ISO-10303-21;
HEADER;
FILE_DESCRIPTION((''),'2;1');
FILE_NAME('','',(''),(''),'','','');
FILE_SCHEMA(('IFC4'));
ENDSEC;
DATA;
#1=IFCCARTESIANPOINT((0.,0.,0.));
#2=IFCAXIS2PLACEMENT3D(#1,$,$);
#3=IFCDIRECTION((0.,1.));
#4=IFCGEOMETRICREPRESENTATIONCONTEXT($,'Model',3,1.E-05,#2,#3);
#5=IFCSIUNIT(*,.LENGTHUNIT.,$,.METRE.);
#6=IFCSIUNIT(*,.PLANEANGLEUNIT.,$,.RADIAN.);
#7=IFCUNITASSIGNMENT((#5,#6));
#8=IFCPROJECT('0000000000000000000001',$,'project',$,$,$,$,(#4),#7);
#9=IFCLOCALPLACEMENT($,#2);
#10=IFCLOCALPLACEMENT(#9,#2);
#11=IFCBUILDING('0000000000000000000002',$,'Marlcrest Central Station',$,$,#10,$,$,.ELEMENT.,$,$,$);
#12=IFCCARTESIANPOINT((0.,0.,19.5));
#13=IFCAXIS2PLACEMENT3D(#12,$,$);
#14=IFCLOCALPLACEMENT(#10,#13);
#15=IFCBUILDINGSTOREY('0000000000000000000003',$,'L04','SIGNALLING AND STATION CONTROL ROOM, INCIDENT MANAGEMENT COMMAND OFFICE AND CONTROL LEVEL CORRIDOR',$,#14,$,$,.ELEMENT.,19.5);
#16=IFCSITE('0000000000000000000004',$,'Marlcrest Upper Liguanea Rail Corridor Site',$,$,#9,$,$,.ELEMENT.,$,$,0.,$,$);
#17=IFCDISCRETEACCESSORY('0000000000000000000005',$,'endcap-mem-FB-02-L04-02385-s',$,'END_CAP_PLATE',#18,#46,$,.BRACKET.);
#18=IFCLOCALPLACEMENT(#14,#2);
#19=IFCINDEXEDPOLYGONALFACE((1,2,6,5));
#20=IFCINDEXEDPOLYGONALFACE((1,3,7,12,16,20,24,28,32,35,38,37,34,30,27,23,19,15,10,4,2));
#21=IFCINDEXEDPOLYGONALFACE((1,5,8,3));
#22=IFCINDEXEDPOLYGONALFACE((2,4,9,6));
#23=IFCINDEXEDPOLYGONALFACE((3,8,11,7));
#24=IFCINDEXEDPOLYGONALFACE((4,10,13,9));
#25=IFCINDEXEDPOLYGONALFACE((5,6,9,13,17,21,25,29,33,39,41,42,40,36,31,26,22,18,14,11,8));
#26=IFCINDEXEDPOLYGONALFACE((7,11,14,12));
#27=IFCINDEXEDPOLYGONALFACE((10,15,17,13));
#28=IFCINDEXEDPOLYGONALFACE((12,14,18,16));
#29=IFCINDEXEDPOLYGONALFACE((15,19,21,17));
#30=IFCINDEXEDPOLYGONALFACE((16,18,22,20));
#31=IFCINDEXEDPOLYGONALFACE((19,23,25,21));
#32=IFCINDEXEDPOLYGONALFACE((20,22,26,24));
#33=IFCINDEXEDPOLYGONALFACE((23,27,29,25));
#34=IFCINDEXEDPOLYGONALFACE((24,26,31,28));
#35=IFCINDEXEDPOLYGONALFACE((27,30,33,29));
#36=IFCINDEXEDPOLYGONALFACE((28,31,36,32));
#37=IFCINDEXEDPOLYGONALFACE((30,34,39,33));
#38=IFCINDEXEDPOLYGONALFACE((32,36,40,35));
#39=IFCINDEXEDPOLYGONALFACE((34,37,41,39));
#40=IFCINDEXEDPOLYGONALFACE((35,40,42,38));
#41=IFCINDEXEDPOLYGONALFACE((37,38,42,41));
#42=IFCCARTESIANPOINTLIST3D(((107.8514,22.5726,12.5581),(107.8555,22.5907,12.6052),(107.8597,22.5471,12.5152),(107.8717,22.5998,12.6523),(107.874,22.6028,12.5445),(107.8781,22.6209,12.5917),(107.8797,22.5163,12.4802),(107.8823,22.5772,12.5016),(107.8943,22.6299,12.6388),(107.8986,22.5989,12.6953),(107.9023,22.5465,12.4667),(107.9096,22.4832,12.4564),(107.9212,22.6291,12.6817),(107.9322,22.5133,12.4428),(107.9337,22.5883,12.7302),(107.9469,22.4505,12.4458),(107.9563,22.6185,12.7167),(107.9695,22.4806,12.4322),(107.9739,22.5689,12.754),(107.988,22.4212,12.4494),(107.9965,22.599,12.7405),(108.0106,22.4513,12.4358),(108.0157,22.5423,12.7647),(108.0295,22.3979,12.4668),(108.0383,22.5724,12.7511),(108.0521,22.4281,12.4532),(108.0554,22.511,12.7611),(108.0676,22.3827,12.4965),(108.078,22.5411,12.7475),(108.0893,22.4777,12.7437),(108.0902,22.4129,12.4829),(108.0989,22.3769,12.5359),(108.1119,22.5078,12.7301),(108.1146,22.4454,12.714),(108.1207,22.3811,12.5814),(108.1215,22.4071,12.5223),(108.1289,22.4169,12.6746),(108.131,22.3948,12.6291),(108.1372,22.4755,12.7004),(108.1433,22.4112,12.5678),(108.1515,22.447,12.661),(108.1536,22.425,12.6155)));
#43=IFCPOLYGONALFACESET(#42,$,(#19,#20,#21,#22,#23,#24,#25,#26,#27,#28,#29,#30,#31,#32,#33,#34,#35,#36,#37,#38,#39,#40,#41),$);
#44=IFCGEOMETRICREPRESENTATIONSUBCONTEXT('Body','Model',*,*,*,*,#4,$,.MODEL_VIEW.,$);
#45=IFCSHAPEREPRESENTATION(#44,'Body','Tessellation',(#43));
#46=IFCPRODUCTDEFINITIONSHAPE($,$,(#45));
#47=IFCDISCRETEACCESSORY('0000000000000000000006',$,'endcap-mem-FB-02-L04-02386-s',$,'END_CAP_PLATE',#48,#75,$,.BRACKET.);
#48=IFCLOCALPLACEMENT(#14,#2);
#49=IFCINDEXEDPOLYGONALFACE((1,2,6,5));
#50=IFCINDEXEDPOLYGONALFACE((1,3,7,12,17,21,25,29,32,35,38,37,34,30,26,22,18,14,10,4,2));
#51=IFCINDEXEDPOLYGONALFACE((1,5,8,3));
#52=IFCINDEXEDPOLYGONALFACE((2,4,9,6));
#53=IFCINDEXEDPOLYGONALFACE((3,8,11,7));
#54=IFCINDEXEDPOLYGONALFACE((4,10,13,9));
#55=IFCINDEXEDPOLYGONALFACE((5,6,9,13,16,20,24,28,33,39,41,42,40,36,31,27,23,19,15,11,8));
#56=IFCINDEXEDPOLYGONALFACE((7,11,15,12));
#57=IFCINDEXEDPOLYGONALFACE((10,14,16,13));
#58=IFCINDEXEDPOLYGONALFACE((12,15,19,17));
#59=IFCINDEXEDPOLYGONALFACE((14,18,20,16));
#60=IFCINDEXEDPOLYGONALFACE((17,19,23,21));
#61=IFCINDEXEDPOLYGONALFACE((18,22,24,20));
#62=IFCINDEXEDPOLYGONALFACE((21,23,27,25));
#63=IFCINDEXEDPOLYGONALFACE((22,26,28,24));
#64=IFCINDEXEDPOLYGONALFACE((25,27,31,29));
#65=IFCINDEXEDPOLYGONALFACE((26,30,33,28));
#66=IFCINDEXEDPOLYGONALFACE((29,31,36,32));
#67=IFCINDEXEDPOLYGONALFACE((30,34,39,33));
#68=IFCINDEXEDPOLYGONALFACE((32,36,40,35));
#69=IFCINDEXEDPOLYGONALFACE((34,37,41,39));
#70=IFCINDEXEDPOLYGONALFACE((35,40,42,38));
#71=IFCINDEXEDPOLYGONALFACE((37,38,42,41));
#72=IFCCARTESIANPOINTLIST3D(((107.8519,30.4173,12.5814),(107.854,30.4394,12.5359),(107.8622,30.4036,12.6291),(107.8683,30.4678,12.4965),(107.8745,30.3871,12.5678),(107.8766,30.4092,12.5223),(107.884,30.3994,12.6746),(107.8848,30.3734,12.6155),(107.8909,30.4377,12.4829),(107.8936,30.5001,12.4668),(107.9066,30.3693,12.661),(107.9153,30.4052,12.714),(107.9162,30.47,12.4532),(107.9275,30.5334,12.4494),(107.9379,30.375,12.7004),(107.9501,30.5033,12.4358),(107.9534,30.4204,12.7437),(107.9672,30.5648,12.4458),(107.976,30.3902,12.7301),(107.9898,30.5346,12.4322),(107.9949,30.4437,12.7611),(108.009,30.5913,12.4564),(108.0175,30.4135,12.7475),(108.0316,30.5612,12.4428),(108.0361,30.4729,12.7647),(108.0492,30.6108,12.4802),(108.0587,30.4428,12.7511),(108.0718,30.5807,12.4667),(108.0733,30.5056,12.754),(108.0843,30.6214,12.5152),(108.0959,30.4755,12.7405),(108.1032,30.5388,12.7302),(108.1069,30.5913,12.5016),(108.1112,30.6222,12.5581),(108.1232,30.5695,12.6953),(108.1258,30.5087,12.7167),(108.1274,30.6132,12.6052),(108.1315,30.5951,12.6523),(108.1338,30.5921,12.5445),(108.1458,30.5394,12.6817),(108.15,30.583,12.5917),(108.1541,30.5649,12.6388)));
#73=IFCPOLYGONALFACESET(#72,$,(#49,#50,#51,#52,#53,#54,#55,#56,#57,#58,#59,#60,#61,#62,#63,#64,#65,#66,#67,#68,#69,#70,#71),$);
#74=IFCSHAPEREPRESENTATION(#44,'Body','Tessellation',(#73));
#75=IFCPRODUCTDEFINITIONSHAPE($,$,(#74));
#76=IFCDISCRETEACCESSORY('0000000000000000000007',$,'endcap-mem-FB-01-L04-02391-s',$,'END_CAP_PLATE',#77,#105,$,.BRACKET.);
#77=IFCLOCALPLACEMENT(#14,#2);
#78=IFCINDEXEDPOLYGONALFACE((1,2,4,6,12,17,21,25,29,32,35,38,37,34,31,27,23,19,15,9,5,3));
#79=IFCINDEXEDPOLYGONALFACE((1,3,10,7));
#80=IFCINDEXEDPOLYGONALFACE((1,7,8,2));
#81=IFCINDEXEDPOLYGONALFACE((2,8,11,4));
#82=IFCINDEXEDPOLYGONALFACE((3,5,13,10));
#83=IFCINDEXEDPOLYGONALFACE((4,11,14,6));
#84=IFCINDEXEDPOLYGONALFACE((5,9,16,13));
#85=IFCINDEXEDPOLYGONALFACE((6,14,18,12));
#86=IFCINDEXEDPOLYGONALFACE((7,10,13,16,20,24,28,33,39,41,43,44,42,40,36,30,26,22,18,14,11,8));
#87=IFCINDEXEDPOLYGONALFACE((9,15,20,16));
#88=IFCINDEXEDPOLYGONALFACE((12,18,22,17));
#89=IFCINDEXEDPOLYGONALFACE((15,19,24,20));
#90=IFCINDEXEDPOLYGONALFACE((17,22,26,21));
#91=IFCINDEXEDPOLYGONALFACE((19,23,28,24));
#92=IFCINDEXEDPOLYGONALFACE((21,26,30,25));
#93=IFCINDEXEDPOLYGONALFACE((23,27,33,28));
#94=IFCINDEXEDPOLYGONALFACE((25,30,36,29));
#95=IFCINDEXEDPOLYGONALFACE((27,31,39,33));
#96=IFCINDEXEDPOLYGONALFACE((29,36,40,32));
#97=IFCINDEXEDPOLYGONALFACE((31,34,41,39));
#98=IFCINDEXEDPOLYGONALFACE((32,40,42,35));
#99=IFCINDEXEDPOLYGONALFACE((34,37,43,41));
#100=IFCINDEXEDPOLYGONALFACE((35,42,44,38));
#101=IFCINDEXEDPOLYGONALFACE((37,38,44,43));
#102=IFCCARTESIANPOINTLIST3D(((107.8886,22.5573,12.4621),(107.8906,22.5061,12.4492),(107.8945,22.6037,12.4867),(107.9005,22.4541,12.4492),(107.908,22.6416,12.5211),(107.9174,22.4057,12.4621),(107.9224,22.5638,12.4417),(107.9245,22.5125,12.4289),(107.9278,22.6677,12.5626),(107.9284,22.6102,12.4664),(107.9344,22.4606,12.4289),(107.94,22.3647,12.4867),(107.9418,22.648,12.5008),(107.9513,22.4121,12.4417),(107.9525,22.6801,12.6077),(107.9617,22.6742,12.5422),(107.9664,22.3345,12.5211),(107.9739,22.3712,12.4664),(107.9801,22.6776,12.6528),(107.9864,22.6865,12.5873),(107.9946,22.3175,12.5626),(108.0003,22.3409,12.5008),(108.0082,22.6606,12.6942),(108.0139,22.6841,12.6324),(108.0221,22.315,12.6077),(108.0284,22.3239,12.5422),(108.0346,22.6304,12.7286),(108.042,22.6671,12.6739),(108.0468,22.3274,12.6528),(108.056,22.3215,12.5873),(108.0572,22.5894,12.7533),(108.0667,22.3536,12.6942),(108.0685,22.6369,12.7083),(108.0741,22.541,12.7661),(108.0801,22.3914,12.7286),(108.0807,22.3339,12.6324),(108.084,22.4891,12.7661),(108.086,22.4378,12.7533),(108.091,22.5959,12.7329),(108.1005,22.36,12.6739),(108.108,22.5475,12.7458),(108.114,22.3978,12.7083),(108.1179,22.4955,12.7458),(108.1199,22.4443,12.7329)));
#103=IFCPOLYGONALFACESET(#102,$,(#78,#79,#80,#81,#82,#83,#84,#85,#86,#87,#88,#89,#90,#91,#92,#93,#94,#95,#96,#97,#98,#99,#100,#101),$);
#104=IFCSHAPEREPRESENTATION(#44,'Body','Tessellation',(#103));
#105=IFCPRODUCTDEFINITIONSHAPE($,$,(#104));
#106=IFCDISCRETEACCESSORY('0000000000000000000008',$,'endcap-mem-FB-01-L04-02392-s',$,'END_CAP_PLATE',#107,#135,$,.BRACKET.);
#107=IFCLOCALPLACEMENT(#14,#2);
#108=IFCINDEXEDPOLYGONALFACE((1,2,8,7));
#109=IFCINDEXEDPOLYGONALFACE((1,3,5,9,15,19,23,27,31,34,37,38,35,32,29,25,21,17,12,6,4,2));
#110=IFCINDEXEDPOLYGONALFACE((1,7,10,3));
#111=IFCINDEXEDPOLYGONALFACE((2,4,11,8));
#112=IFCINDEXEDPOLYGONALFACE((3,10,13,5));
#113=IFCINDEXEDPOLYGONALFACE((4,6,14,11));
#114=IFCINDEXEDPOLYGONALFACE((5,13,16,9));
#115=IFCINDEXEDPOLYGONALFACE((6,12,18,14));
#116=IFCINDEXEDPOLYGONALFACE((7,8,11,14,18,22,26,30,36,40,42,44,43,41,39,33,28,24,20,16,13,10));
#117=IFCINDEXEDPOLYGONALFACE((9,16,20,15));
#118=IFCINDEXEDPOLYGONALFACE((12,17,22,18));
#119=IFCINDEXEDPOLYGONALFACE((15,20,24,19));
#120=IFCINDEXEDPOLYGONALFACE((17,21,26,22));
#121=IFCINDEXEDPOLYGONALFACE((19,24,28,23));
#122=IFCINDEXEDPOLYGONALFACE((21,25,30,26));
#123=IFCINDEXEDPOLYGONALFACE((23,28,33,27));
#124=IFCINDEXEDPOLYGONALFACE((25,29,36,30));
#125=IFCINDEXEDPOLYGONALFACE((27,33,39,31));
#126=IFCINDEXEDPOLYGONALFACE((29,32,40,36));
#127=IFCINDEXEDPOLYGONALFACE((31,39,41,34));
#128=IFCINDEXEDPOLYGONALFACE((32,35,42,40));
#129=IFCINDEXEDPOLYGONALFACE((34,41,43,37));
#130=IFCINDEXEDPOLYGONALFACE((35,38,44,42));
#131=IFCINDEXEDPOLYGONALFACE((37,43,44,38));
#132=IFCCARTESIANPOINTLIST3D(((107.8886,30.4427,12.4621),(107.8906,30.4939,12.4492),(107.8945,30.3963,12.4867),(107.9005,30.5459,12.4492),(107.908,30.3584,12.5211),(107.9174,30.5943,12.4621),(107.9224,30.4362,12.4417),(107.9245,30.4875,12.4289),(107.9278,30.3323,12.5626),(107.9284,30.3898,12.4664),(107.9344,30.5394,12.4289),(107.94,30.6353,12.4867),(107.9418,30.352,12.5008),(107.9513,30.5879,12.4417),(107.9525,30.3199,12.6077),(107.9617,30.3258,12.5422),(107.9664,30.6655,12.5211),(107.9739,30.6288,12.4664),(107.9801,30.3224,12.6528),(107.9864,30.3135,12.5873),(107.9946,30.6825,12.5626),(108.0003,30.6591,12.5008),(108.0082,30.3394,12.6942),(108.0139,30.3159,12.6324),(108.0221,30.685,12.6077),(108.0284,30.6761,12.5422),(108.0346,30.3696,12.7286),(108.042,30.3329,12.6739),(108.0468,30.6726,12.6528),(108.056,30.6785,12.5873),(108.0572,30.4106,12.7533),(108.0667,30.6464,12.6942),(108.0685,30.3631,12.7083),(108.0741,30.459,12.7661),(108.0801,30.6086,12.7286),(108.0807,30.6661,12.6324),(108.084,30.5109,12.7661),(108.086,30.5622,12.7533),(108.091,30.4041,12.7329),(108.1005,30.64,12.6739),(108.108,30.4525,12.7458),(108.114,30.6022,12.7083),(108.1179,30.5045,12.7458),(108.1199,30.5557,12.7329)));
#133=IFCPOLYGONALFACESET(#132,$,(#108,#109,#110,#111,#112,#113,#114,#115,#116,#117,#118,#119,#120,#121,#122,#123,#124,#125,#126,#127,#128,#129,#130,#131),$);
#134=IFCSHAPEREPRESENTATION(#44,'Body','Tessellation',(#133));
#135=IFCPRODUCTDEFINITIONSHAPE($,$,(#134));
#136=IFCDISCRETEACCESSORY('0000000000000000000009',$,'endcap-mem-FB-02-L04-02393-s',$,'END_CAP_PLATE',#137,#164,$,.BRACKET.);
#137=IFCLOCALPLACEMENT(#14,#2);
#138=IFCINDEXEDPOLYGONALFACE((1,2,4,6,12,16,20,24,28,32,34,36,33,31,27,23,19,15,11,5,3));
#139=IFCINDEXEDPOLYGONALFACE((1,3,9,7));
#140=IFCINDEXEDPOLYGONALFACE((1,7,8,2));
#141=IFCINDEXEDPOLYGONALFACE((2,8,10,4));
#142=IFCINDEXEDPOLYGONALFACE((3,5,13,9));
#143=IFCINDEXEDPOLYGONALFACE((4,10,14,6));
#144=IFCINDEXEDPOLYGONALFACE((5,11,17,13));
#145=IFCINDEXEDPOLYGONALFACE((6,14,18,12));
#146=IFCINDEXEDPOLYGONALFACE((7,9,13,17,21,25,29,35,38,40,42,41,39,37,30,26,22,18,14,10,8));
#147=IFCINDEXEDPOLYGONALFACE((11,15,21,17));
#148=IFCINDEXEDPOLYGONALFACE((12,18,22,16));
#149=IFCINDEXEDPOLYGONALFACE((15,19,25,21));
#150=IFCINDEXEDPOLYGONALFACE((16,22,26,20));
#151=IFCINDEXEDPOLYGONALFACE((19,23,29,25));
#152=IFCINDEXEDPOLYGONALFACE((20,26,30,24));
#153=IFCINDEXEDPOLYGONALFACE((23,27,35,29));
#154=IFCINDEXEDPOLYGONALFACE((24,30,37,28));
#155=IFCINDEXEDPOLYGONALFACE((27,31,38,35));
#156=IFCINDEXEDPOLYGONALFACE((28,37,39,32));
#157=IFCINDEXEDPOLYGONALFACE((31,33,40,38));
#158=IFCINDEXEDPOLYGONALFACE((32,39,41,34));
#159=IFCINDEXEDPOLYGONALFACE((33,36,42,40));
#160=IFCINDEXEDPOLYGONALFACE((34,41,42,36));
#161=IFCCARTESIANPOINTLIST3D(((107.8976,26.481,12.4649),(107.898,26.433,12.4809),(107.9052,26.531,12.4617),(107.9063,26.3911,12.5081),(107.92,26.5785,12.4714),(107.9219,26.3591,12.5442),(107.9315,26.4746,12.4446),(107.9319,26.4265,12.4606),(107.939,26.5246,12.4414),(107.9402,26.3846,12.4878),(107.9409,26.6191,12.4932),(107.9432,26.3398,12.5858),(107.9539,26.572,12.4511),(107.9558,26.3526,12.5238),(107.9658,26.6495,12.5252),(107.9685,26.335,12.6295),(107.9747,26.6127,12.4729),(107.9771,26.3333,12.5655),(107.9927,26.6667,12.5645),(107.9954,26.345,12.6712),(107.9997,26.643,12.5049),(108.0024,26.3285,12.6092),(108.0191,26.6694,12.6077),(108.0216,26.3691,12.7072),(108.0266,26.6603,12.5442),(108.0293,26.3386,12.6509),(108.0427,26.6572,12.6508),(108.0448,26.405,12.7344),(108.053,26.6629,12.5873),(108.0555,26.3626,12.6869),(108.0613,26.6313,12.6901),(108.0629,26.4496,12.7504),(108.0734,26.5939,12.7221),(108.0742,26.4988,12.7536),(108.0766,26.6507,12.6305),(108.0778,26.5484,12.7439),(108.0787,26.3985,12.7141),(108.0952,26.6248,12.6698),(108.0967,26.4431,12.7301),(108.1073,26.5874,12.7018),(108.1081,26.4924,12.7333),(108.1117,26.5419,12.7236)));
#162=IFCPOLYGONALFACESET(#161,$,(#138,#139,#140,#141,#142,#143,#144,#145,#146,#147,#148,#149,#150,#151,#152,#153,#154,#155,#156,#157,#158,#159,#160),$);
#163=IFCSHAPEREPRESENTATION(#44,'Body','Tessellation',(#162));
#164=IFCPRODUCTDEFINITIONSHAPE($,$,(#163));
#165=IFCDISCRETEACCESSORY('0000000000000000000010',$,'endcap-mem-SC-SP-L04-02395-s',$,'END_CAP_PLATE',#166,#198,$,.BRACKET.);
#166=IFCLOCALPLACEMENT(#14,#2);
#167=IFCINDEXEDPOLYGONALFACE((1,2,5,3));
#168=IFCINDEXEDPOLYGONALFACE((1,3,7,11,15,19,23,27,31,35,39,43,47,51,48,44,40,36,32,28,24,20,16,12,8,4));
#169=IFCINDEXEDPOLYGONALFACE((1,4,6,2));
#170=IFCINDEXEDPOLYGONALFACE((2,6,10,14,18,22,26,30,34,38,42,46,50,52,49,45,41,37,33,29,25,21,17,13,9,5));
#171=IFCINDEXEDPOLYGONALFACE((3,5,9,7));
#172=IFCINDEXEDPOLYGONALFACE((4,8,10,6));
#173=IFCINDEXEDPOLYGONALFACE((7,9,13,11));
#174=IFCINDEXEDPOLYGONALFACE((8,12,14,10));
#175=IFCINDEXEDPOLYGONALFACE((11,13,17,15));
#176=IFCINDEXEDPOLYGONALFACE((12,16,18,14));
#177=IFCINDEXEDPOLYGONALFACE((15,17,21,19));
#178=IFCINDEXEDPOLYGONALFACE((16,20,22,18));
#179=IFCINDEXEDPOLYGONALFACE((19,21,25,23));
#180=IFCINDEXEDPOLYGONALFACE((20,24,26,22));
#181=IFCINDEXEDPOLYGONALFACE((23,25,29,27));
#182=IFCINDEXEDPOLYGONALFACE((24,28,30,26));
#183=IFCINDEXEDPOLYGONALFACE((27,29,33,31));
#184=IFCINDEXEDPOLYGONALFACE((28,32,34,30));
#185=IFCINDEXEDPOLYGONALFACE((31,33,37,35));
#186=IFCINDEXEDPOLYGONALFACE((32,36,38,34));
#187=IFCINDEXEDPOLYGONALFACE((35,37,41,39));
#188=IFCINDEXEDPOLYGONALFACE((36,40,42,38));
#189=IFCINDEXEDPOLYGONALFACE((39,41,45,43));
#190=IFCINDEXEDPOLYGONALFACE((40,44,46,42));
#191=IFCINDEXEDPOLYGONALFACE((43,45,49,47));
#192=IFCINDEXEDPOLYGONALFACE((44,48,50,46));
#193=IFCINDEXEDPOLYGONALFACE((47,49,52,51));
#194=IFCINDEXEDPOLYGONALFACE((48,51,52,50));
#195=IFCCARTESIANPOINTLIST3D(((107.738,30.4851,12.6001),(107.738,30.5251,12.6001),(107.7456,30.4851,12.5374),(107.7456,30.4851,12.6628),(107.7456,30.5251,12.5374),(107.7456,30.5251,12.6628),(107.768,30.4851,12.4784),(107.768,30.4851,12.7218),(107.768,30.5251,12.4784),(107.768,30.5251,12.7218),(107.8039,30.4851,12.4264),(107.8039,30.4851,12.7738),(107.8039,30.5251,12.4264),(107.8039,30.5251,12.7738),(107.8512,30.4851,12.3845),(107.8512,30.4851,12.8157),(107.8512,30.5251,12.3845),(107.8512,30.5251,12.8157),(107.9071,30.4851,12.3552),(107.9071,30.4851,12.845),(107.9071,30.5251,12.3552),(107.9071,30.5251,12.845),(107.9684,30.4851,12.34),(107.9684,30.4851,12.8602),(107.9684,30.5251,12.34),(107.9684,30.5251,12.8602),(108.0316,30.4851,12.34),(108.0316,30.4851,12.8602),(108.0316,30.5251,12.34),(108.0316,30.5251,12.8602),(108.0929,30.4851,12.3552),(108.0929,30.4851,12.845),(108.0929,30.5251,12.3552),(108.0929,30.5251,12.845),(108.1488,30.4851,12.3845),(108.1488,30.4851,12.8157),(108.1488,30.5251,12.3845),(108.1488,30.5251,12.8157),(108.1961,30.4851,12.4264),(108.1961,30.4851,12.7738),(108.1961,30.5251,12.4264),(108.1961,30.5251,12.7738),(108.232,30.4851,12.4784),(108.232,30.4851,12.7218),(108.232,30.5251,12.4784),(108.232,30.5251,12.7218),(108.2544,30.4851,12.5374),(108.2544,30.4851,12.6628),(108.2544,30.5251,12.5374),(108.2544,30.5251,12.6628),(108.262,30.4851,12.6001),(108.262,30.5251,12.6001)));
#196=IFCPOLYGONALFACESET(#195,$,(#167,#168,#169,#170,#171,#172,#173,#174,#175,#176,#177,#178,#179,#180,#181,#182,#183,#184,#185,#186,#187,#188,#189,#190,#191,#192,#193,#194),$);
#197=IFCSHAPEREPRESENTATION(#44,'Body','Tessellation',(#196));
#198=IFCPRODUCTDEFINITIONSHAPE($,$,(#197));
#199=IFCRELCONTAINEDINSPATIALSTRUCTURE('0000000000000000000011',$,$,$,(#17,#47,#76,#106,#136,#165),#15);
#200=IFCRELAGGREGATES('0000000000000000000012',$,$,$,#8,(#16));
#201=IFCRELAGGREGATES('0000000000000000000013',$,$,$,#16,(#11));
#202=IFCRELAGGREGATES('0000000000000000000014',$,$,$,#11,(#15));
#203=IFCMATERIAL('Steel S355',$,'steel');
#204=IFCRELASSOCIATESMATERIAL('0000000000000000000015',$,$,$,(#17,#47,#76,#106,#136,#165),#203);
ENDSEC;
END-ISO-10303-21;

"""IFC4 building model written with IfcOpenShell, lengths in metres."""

from ifc_helpers import new_model, si_unit, direction, frame, origin, origin_2d, place, context, subcontext, project, spatial, circle, extrude, material, element, save


model = new_model("IFC4")

# Units and contexts
model_context = context("Model", 3, precision=1e-05, world=origin(), true_north=direction((0.0, 1.0)))
body_context = subcontext(model_context, "Body", "Model", "MODEL_VIEW")
ifc_project = project(units=[si_unit("LENGTHUNIT", "METRE"), si_unit("PLANEANGLEUNIT", "RADIAN")], contexts=[model_context])

# Site, building, storey
site_placement = place(None, origin())
site = spatial("IfcSite", under=ifc_project, at=site_placement, Name="Marlcrest Upper Liguanea Rail Corridor Site", CompositionType="ELEMENT", RefElevation=0.0)
building_placement = place(site_placement, origin())
building = spatial("IfcBuilding", under=site, at=building_placement, Name="Marlcrest Central Station", CompositionType="ELEMENT")
storey_placement = place(building_placement, frame((0.0, 0.0, 19.5)))
storey = spatial("IfcBuildingStorey", under=building, at=storey_placement, Name="L04", Description="SIGNALLING AND STATION CONTROL ROOM, INCIDENT MANAGEMENT COMMAND OFFICE AND CONTROL LEVEL CORRIDOR", CompositionType="ELEMENT", Elevation=19.5)

# Discrete accessories
ifc_material_1 = material(Name="Steel S355", Category="steel")
for number, where, z_axis, x_axis, name in (
    (1, (107.9915, 22.4888, 12.6052), (0.564531, 0.752708, -0.338728), (-0.8, 0.6, 0.0), "endcap-mem-FB-02-L04-02385-s"),
    (2, (107.9915, 30.5112, 12.6052), (0.564531, -0.752708, -0.338728), (0.8, 0.6, 0.0), "endcap-mem-FB-02-L04-02386-s"),
):
    element("IfcDiscreteAccessory", number, at=place(storey_placement, frame(where, z_axis=z_axis, x_axis=x_axis)), inside=storey, material=ifc_material_1, Name=name, ObjectType="END_CAP_PLATE", PredefinedType="BRACKET", context=body_context, shape_type="SweptSolid", body=[
        extrude(circle(Radius=0.1699, at=origin_2d()), origin(), (0.0, 0.0, 1.0), 0.04),
    ])
for number, where, z_axis, x_axis, name in (
    (3, (107.9873, 22.4976, 12.6077), (0.846277, 0.161196, -0.50777), (-0.187112, 0.982339, 0.0), "endcap-mem-FB-01-L04-02391-s"),
    (4, (107.9873, 30.5024, 12.6077), (0.846277, -0.161196, -0.50777), (0.187112, 0.982339, 0.0), "endcap-mem-FB-01-L04-02392-s"),
):
    element("IfcDiscreteAccessory", number, at=place(storey_placement, frame(where, z_axis=z_axis, x_axis=x_axis)), inside=storey, material=ifc_material_1, Name=name, ObjectType="END_CAP_PLATE", PredefinedType="BRACKET", context=body_context, shape_type="SweptSolid", body=[
        extrude(circle(Radius=0.1858, at=origin_2d()), origin(), (0.0, 0.0, 1.0), 0.04),
    ])
discrete_accessory_1_placement = place(storey_placement, frame((107.9873, 26.5024, 12.6077), z_axis=(0.846277, -0.161196, -0.50777), x_axis=(0.187112, 0.982339, 0.0)))
element("IfcDiscreteAccessory", 5, at=discrete_accessory_1_placement, inside=storey, material=ifc_material_1, Name="endcap-mem-FB-02-L04-02393-s", ObjectType="END_CAP_PLATE", PredefinedType="BRACKET", context=body_context, shape_type="SweptSolid", body=[
    extrude(circle(Radius=0.1699, at=origin_2d()), origin(), (0.0, 0.0, 1.0), 0.04),
])
discrete_accessory_2_placement = place(storey_placement, frame((108.0, 30.4851, 12.6001), z_axis=(0.0, 1.0, 0.0), x_axis=(-1.0, 0.0, 0.0)))
element("IfcDiscreteAccessory", 6, at=discrete_accessory_2_placement, inside=storey, material=ifc_material_1, Name="endcap-mem-SC-SP-L04-02395-s", ObjectType="END_CAP_PLATE", PredefinedType="BRACKET", context=body_context, shape_type="SweptSolid", body=[
    extrude(circle(Radius=0.262, at=origin_2d()), origin(), (0.0, 0.0, 1.0), 0.04),
])

save(model, "model.ifc")
